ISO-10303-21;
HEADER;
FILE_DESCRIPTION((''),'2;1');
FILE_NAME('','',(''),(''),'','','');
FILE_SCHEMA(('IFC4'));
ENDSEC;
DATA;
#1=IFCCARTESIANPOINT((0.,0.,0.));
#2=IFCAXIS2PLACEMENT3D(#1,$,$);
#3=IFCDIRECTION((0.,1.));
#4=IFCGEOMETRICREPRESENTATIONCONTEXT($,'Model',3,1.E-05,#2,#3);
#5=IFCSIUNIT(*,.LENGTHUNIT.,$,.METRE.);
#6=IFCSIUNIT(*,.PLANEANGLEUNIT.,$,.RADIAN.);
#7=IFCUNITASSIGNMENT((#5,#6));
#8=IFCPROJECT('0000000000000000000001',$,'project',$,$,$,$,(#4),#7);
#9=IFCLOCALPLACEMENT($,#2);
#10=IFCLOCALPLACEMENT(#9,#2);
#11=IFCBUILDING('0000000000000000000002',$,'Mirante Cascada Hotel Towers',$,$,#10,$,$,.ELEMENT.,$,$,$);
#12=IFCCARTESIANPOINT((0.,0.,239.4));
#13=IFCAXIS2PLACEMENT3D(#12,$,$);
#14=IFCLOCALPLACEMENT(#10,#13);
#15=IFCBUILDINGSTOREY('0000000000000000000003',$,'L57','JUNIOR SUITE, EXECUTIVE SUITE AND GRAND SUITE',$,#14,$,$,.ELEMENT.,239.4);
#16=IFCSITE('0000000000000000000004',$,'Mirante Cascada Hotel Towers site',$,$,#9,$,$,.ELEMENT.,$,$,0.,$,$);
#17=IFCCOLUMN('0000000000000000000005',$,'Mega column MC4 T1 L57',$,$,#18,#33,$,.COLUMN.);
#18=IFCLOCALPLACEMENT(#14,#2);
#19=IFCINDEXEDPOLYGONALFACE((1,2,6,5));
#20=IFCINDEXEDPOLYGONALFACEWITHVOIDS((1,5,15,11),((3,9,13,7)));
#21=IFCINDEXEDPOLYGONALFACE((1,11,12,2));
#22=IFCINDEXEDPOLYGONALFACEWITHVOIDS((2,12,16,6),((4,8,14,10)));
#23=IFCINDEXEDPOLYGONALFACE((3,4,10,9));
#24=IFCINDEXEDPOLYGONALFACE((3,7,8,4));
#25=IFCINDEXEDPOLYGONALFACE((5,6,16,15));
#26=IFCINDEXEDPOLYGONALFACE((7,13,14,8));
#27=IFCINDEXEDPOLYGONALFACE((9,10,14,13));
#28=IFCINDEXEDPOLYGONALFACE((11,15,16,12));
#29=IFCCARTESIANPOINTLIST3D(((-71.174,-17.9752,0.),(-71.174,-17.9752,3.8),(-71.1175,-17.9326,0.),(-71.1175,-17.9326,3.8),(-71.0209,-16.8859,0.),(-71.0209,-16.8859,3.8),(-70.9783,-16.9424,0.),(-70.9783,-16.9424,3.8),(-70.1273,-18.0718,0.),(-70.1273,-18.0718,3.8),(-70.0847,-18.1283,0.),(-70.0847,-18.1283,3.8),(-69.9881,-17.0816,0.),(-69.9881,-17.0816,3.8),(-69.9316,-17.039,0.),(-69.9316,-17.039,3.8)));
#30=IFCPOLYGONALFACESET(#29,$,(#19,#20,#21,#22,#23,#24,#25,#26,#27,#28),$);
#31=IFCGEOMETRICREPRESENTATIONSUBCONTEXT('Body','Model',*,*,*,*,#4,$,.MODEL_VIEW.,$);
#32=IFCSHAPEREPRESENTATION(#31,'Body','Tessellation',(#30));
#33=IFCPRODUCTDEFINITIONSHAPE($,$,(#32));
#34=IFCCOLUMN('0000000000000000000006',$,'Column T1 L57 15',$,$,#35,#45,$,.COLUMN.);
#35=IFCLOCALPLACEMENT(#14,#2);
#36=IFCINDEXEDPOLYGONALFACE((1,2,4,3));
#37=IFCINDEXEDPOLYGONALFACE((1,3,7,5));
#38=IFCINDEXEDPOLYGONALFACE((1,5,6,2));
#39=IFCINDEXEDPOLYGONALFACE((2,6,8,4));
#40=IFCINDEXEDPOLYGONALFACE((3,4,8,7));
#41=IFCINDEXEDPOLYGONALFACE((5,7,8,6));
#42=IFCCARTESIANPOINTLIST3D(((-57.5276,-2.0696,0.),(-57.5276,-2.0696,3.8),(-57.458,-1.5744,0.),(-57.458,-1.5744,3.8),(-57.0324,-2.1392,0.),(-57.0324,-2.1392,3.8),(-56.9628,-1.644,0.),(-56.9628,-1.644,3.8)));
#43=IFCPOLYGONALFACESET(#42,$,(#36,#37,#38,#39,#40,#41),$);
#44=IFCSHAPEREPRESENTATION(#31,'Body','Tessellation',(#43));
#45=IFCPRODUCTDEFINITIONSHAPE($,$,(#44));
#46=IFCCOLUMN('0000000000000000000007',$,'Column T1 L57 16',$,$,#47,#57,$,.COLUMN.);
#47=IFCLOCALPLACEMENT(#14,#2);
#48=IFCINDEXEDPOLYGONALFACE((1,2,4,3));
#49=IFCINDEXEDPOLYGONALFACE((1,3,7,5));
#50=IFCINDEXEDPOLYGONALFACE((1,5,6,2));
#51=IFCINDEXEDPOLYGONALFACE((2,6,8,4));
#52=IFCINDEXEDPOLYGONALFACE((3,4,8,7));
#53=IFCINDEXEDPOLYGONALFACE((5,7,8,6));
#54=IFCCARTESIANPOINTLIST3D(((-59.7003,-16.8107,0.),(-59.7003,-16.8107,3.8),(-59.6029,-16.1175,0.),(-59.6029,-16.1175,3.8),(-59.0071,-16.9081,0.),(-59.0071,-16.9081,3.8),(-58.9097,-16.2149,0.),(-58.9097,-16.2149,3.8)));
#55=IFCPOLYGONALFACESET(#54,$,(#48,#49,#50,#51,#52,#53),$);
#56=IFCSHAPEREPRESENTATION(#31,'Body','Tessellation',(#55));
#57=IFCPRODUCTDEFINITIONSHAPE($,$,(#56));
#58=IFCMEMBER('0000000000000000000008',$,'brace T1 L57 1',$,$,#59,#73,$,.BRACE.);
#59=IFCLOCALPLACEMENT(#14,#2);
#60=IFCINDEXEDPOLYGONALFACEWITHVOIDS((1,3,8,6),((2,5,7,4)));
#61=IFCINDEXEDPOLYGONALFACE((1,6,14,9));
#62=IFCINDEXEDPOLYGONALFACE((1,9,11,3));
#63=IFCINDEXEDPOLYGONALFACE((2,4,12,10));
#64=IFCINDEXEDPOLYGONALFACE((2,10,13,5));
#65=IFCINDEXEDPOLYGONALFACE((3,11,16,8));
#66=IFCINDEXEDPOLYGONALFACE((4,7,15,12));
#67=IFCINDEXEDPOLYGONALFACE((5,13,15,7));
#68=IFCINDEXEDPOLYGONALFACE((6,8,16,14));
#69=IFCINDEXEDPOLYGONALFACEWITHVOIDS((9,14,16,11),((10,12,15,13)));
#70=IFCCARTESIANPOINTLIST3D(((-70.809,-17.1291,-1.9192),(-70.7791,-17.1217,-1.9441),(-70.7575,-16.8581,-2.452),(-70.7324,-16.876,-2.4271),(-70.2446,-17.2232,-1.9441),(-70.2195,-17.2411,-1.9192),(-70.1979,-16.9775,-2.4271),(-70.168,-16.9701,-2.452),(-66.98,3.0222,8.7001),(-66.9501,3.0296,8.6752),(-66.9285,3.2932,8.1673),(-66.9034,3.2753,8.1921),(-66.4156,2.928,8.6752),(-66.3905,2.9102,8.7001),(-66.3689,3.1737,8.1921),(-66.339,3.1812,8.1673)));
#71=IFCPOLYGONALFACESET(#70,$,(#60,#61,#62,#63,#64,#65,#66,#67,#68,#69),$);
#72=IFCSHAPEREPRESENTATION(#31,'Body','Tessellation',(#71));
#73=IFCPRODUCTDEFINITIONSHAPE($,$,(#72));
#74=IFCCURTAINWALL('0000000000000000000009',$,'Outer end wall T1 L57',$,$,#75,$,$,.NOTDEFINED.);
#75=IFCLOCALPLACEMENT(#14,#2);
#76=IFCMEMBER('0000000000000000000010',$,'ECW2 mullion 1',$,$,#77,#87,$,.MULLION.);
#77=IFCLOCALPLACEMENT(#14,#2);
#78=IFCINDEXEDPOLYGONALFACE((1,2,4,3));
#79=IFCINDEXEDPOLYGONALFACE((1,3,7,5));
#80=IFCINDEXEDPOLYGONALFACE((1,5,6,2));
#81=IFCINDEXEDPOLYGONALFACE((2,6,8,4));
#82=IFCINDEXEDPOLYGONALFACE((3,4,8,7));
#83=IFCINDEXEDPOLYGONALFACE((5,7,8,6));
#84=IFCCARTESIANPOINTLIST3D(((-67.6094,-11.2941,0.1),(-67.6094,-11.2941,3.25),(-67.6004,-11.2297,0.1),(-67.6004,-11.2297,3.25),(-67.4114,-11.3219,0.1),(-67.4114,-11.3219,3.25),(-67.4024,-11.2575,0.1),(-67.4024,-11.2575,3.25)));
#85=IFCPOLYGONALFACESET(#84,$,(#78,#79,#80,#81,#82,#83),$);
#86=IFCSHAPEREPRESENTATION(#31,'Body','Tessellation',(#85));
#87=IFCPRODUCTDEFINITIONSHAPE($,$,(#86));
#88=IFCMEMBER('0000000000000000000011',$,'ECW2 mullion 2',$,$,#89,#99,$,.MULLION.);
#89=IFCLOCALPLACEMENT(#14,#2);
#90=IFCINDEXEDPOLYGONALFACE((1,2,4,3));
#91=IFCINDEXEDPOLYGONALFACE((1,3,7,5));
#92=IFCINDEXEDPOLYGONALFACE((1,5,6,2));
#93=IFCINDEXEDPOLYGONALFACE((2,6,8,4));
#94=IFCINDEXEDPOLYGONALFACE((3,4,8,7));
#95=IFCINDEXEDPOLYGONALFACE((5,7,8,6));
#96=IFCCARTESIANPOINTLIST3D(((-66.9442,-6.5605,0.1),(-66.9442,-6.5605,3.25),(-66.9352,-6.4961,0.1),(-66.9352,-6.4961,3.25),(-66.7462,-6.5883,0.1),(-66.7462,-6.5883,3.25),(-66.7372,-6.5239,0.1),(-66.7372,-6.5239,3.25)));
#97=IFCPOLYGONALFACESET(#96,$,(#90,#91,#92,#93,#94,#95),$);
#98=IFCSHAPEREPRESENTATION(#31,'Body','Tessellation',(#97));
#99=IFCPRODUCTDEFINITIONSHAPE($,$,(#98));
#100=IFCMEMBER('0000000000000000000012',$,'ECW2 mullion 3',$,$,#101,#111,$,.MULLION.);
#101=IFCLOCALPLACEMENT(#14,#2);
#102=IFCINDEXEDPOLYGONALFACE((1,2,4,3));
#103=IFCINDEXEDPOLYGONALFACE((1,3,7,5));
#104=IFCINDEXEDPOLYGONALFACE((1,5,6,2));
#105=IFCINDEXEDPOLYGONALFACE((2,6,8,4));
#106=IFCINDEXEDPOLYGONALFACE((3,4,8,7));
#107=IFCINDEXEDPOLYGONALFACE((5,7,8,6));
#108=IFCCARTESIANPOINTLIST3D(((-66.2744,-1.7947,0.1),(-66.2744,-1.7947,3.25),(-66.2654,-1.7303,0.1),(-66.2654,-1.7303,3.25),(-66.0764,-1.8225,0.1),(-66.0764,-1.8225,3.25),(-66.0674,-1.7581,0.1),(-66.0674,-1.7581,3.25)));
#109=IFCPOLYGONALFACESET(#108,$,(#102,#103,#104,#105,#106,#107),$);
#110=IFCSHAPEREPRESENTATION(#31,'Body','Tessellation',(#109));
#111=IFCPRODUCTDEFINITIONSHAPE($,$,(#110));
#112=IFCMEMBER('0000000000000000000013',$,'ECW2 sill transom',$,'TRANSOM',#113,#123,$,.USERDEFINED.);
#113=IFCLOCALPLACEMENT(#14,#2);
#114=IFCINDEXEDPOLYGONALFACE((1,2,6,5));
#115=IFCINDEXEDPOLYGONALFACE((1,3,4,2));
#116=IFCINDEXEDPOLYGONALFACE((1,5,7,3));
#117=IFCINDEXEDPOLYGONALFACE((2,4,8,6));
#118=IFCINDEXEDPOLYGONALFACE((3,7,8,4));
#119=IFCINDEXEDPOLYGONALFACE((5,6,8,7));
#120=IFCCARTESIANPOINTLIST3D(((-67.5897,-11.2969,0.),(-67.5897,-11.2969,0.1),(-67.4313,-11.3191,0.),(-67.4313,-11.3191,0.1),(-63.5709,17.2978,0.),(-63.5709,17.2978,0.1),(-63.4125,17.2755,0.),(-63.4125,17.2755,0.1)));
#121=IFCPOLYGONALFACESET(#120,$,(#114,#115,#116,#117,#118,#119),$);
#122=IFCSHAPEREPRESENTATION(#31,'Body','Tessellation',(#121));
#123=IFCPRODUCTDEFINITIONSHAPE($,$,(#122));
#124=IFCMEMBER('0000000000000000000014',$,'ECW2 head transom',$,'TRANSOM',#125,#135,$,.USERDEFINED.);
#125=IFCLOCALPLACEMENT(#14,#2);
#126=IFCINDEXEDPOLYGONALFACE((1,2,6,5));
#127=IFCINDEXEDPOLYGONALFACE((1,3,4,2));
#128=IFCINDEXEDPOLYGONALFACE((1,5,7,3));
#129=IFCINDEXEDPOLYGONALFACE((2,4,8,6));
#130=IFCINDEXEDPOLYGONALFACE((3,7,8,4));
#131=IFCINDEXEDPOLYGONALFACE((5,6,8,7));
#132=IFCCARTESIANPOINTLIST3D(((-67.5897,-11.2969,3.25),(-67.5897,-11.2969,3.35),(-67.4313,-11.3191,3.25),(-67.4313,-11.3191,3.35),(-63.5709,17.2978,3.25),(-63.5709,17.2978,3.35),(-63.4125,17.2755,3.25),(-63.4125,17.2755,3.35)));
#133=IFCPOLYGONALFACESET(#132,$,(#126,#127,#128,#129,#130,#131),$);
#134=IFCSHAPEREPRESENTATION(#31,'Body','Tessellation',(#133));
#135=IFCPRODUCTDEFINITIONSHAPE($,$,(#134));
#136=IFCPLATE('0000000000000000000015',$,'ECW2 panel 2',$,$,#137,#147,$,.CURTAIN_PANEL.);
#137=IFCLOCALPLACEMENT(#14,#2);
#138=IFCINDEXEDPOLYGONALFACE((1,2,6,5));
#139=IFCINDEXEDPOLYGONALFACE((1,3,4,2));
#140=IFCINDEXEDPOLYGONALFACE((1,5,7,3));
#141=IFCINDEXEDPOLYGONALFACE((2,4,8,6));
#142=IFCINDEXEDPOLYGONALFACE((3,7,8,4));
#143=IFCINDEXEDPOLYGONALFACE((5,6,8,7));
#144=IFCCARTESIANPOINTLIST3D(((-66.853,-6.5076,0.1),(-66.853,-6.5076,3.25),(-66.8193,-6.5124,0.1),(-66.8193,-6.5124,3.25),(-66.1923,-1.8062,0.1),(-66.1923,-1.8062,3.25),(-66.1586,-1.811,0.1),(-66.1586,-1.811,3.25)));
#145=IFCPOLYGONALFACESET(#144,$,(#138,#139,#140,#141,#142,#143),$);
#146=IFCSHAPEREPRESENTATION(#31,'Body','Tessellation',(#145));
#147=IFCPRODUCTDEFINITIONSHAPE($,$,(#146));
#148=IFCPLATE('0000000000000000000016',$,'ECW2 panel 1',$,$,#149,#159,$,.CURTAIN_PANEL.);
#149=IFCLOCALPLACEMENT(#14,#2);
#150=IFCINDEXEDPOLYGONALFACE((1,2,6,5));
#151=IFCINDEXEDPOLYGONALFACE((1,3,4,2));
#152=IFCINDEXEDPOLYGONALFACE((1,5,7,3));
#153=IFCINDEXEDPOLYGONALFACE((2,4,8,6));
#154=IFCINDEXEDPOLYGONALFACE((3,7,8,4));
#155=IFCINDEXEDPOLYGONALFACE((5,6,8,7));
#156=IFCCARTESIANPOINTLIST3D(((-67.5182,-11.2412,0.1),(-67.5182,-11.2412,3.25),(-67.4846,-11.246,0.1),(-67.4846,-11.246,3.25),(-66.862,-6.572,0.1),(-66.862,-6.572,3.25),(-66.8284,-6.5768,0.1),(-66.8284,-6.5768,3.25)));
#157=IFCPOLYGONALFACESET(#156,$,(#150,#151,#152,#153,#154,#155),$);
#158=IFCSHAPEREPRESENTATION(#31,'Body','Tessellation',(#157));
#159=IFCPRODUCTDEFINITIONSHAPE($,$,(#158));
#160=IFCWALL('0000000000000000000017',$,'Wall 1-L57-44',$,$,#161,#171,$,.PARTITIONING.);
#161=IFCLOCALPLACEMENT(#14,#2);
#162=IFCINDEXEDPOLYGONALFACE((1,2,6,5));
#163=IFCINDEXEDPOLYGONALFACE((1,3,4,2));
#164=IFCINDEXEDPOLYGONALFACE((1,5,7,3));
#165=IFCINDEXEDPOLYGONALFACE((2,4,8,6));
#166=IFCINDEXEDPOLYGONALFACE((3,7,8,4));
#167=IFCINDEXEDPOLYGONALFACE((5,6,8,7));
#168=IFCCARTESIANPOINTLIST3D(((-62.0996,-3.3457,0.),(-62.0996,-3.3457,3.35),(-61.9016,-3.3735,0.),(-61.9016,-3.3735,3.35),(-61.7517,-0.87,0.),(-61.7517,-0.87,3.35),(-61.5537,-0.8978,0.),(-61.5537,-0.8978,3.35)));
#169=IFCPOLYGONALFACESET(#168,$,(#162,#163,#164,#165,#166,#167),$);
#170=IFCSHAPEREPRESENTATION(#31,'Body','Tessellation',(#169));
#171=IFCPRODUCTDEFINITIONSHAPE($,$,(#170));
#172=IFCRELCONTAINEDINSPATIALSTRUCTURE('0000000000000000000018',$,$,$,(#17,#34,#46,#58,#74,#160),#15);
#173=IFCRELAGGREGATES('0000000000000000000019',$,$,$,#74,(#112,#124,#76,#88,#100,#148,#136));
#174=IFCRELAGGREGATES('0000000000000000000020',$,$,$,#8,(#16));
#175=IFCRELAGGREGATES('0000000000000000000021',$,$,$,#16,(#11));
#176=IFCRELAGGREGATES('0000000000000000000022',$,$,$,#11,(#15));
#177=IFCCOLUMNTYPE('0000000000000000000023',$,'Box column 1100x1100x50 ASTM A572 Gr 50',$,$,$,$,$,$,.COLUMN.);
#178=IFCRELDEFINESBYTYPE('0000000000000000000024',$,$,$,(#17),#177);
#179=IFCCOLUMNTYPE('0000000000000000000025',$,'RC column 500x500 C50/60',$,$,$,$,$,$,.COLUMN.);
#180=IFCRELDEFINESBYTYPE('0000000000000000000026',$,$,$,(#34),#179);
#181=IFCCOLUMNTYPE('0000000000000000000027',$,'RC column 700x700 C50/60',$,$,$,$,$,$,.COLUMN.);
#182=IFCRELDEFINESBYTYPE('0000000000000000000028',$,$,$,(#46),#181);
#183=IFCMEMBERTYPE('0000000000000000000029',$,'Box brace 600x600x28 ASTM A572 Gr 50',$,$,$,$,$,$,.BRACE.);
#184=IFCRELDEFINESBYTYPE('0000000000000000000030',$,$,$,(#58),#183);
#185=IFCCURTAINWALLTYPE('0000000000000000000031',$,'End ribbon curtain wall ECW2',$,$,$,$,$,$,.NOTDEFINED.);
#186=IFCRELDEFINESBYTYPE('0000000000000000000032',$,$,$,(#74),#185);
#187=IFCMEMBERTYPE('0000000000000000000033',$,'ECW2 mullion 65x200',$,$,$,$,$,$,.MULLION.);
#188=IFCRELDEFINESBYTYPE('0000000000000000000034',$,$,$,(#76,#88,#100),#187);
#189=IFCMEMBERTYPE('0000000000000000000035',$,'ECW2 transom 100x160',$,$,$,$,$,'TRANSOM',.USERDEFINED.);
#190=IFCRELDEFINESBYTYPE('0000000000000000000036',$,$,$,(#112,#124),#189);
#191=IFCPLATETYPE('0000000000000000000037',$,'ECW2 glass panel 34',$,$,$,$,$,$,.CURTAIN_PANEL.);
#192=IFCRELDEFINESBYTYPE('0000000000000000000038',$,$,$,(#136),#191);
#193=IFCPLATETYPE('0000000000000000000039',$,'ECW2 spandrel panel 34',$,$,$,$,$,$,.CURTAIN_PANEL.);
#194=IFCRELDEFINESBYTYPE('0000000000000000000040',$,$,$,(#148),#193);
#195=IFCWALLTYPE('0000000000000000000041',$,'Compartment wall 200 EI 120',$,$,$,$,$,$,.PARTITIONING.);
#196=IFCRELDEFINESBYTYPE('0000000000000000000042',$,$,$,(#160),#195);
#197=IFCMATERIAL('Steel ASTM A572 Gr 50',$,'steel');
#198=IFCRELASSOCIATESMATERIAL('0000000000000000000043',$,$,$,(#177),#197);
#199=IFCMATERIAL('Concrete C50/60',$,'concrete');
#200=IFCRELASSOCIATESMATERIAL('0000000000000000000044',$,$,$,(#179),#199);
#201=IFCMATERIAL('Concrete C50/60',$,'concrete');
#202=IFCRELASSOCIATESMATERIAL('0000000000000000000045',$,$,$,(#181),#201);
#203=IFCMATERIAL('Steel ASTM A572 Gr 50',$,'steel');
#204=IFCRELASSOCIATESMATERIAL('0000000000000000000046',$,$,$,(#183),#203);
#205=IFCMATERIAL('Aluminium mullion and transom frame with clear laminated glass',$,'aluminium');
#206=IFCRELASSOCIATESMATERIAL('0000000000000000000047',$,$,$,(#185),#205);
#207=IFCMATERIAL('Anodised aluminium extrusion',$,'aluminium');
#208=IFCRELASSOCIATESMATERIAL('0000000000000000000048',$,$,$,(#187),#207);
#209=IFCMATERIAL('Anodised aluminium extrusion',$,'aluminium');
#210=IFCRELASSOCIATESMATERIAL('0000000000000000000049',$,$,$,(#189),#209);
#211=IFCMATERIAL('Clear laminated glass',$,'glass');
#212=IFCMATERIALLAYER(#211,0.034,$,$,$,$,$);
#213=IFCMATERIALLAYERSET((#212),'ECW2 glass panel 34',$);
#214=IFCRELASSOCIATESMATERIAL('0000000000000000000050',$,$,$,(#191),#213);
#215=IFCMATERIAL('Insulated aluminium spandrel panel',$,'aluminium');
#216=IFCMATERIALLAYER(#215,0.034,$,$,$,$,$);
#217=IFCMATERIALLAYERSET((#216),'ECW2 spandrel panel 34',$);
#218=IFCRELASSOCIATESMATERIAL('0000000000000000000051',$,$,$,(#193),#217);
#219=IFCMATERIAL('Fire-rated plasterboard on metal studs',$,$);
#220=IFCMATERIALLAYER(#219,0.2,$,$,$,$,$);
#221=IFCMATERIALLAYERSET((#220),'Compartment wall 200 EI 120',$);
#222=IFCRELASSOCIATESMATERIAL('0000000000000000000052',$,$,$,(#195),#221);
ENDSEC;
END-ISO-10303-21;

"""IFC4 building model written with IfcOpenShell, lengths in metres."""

from ifc_helpers import new_model, si_unit, direction, frame, frame_2d, origin, origin_2d, place, context, subcontext, project, spatial, rectangle, hollow_rectangle, extrude, material, layer, layer_set, material_profile, profile_set, type_object, element, aggregate, save


model = new_model("IFC4")

# Units and contexts
model_context = context("Model", 3, precision=1e-05, world=origin(), true_north=direction((0.0, 1.0)))
body_context = subcontext(model_context, "Body", "Model", "MODEL_VIEW")
ifc_project = project(units=[si_unit("LENGTHUNIT", "METRE"), si_unit("PLANEANGLEUNIT", "RADIAN")], contexts=[model_context])

# Site, building, storey
site_placement = place(None, origin())
site = spatial("IfcSite", under=ifc_project, at=site_placement, Name="Mirante Cascada Hotel Towers site", CompositionType="ELEMENT", RefElevation=0.0)
building_placement = place(site_placement, origin())
building = spatial("IfcBuilding", under=site, at=building_placement, Name="Mirante Cascada Hotel Towers", CompositionType="ELEMENT")
storey_placement = place(building_placement, frame((0.0, 0.0, 239.4)))
storey = spatial("IfcBuildingStorey", under=building, at=storey_placement, Name="L57", Description="JUNIOR SUITE, EXECUTIVE SUITE AND GRAND SUITE", CompositionType="ELEMENT", Elevation=239.4)

# Columns
ifc_material_1 = material(Name="Steel ASTM A572 Gr 50", Category="steel")
ifc_material_profile_1 = material_profile(ifc_material_1, hollow_rectangle(XDim=1.1, YDim=1.1, WallThickness=0.05, at=origin_2d()), Name="Box column 1100x1100x50 ASTM A572 Gr 50")
ifc_profile_set_1 = profile_set([ifc_material_profile_1], Name="Steel ASTM A572 Gr 50")
column_type_1 = type_object("IfcColumnType", Name="Box column 1100x1100x50 ASTM A572 Gr 50", PredefinedType="COLUMN", material=ifc_profile_set_1)
column_1_placement = place(storey_placement, frame((-70.5528, -17.5071, 0.0), z_axis=(0.0, 0.0, 1.0), x_axis=(-0.990268, 0.139173, 0.0)))
element("IfcColumn", 1, at=column_1_placement, inside=storey, type_object=column_type_1, Name="Mega column MC4 T1 L57", PredefinedType="COLUMN", context=body_context, shape_type="SweptSolid", body=[
    extrude(hollow_rectangle(XDim=1.1, YDim=1.1, WallThickness=0.05, at=origin_2d()), origin(), (0.0, 0.0, 1.0), 3.8),
])
ifc_material_2 = material(Name="Concrete C50/60", Category="concrete")
ifc_material_profile_2 = material_profile(ifc_material_2, rectangle(XDim=0.5, YDim=0.5, at=origin_2d()), Name="RC column 500x500 C50/60")
ifc_profile_set_2 = profile_set([ifc_material_profile_2], Name="Concrete C50/60")
column_type_2 = type_object("IfcColumnType", Name="RC column 500x500 C50/60", PredefinedType="COLUMN", material=ifc_profile_set_2)
column_2_placement = place(storey_placement, frame((-57.2452, -1.8568, 0.0), z_axis=(0.0, 0.0, 1.0), x_axis=(-0.990268, 0.139173, 0.0)))
element("IfcColumn", 2, at=column_2_placement, inside=storey, type_object=column_type_2, Name="Column T1 L57 15", PredefinedType="COLUMN", context=body_context, shape_type="SweptSolid", body=[
    extrude(rectangle(XDim=0.5, YDim=0.5, at=origin_2d()), origin(), (0.0, 0.0, 1.0), 3.8),
])
ifc_material_3 = material(Name="Concrete C50/60", Category="concrete")
ifc_material_profile_3 = material_profile(ifc_material_3, rectangle(XDim=0.7, YDim=0.7, at=origin_2d()), Name="RC column 700x700 C50/60")
ifc_profile_set_3 = profile_set([ifc_material_profile_3], Name="Concrete C50/60")
column_type_3 = type_object("IfcColumnType", Name="RC column 700x700 C50/60", PredefinedType="COLUMN", material=ifc_profile_set_3)
column_3_placement = place(storey_placement, frame((-59.305, -16.5128, 0.0), z_axis=(0.0, 0.0, 1.0), x_axis=(-0.990268, 0.139173, 0.0)))
element("IfcColumn", 3, at=column_3_placement, inside=storey, type_object=column_type_3, Name="Column T1 L57 16", PredefinedType="COLUMN", context=body_context, shape_type="SweptSolid", body=[
    extrude(rectangle(XDim=0.7, YDim=0.7, at=origin_2d()), origin(), (0.0, 0.0, 1.0), 3.8),
])

# Member
ifc_material_4 = material(Name="Steel ASTM A572 Gr 50", Category="steel")
ifc_material_profile_4 = material_profile(ifc_material_4, hollow_rectangle(XDim=0.6, YDim=0.6, WallThickness=0.028, at=origin_2d()), Name="Box brace 600x600x28 ASTM A572 Gr 50")
ifc_profile_set_4 = profile_set([ifc_material_profile_4], Name="Steel ASTM A572 Gr 50")
member_type_1 = type_object("IfcMemberType", Name="Box brace 600x600x28 ASTM A572 Gr 50", PredefinedType="BRACE", material=ifc_profile_set_4)
member_1_placement = place(storey_placement, frame((-70.4885, -17.0496, -2.1856), z_axis=(0.165774, 0.872436, 0.459755), x_axis=(-0.982422, 0.186673, 0.0)))
element("IfcMember", 4, at=member_1_placement, inside=storey, type_object=member_type_1, Name="brace T1 L57 1", PredefinedType="BRACE", context=body_context, shape_type="SweptSolid", body=[
    extrude(hollow_rectangle(XDim=0.6, YDim=0.6, WallThickness=0.028, at=origin_2d()), origin(), (0.0, 0.0, 1.0), 23.0977),
])

# Curtain wall, members, plates
ifc_material_5 = material(Name="Aluminium mullion and transom frame with clear laminated glass", Category="aluminium")
curtain_wall_type = type_object("IfcCurtainWallType", Name="End ribbon curtain wall ECW2", PredefinedType="NOTDEFINED", material=ifc_material_5)
curtain_wall_placement = place(storey_placement, origin())
curtain_wall = element("IfcCurtainWall", 5, at=curtain_wall_placement, inside=storey, type_object=curtain_wall_type, Name="Outer end wall T1 L57", PredefinedType="NOTDEFINED")
ifc_material_6 = material(Name="Anodised aluminium extrusion", Category="aluminium")
ifc_material_profile_5 = material_profile(ifc_material_6, rectangle(XDim=0.2, YDim=0.065, at=origin_2d()), Name="ECW2 MULLION 65x200")
ifc_profile_set_5 = profile_set([ifc_material_profile_5], Name="Anodised aluminium extrusion")
member_type_2 = type_object("IfcMemberType", Name="ECW2 mullion 65x200", PredefinedType="MULLION", material=ifc_profile_set_5)
member_2_placement = place(storey_placement, frame((-67.5059, -11.2758, 0.1), z_axis=(0.0, 0.0, 1.0), x_axis=(-0.990268, 0.139173, 0.0)))
member_2 = element("IfcMember", 6, at=member_2_placement, type_object=member_type_2, Name="ECW2 mullion 1", PredefinedType="MULLION", context=body_context, shape_type="SweptSolid", body=[
    extrude(rectangle(XDim=0.2, YDim=0.065, at=origin_2d()), origin(), (0.0, 0.0, 1.0), 3.15),
])
member_3_placement = place(storey_placement, frame((-66.8407, -6.5422, 0.1), z_axis=(0.0, 0.0, 1.0), x_axis=(-0.990268, 0.139173, 0.0)))
member_3 = element("IfcMember", 7, at=member_3_placement, type_object=member_type_2, Name="ECW2 mullion 2", PredefinedType="MULLION", context=body_context, shape_type="SweptSolid", body=[
    extrude(rectangle(XDim=0.2, YDim=0.065, at=origin_2d()), origin(), (0.0, 0.0, 1.0), 3.15),
])
member_4_placement = place(storey_placement, frame((-66.1709, -1.7764, 0.1), z_axis=(0.0, 0.0, 1.0), x_axis=(-0.990268, 0.139173, 0.0)))
member_4 = element("IfcMember", 8, at=member_4_placement, type_object=member_type_2, Name="ECW2 mullion 3", PredefinedType="MULLION", context=body_context, shape_type="SweptSolid", body=[
    extrude(rectangle(XDim=0.2, YDim=0.065, at=origin_2d()), origin(), (0.0, 0.0, 1.0), 3.15),
])
ifc_material_7 = material(Name="Anodised aluminium extrusion", Category="aluminium")
ifc_material_profile_6 = material_profile(ifc_material_7, rectangle(XDim=0.16, YDim=0.1, at=origin_2d()), Name="ECW2 TRANSOM 100x160")
ifc_profile_set_6 = profile_set([ifc_material_profile_6], Name="Anodised aluminium extrusion")
member_type_3 = type_object("IfcMemberType", Name="ECW2 transom 100x160", ElementType="TRANSOM", PredefinedType="USERDEFINED", material=ifc_profile_set_6)
member_5_placement = place(storey_placement, frame((-67.5105, -11.308, 0.05), z_axis=(0.139176, 0.990268, 0.0), x_axis=(-0.990268, 0.139176, 0.0)))
member_5 = element("IfcMember", 9, at=member_5_placement, type_object=member_type_3, Name="ECW2 sill transom", ObjectType="TRANSOM", PredefinedType="USERDEFINED", context=body_context, shape_type="SweptSolid", body=[
    extrude(rectangle(XDim=0.16, YDim=0.1, at=origin_2d()), origin(), (0.0, 0.0, 1.0), 28.8757),
])
member_6_placement = place(storey_placement, frame((-67.5105, -11.308, 3.3), z_axis=(0.139176, 0.990268, 0.0), x_axis=(-0.990268, 0.139176, 0.0)))
member_6 = element("IfcMember", 10, at=member_6_placement, type_object=member_type_3, Name="ECW2 head transom", ObjectType="TRANSOM", PredefinedType="USERDEFINED", context=body_context, shape_type="SweptSolid", body=[
    extrude(rectangle(XDim=0.16, YDim=0.1, at=origin_2d()), origin(), (0.0, 0.0, 1.0), 28.8757),
])
ifc_material_8 = material(Name="Clear laminated glass", Category="glass")
ifc_layer_1 = layer(ifc_material_8, 0.034)
ifc_layer_set_1 = layer_set([ifc_layer_1], Name="ECW2 glass panel 34")
plate_type_1 = type_object("IfcPlateType", Name="ECW2 glass panel 34", PredefinedType="CURTAIN_PANEL", material=ifc_layer_set_1)
plate_1_placement = place(storey_placement, frame((-66.5058, -4.1593, 0.1), z_axis=(0.0, 0.0, 1.0), x_axis=(0.139173, 0.990268, 0.0)))
plate_1 = element("IfcPlate", 11, at=plate_1_placement, type_object=plate_type_1, Name="ECW2 panel 2", PredefinedType="CURTAIN_PANEL", context=body_context, shape_type="SweptSolid", body=[
    extrude(rectangle(XDim=4.7476, YDim=0.034, at=origin_2d()), origin(), (0.0, 0.0, 1.0), 3.15),
])
ifc_material_9 = material(Name="Insulated aluminium spandrel panel", Category="aluminium")
ifc_layer_2 = layer(ifc_material_9, 0.034)
ifc_layer_set_2 = layer_set([ifc_layer_2], Name="ECW2 spandrel panel 34")
plate_type_2 = type_object("IfcPlateType", Name="ECW2 spandrel panel 34", PredefinedType="CURTAIN_PANEL", material=ifc_layer_set_2)
plate_2_placement = place(storey_placement, frame((-67.1733, -8.909, 0.1), z_axis=(0.0, 0.0, 1.0), x_axis=(0.139173, 0.990268, 0.0)))
plate_2 = element("IfcPlate", 12, at=plate_2_placement, type_object=plate_type_2, Name="ECW2 panel 1", PredefinedType="CURTAIN_PANEL", context=body_context, shape_type="SweptSolid", body=[
    extrude(rectangle(XDim=4.7151, YDim=0.034, at=origin_2d()), origin(), (0.0, 0.0, 1.0), 3.15),
])
aggregate(curtain_wall, [member_5, member_6, member_2, member_3, member_4, plate_2, plate_1])

# Wall
ifc_material_10 = material(Name="Fire-rated plasterboard on metal studs")
ifc_layer_3 = layer(ifc_material_10, 0.2)
ifc_layer_set_3 = layer_set([ifc_layer_3], Name="Compartment wall 200 EI 120")
wall_type_1 = type_object("IfcWallType", Name="Compartment wall 200 EI 120", PredefinedType="PARTITIONING", material=ifc_layer_set_3)
wall_1_placement = place(storey_placement, frame((-62.0006, -3.3596, 0.0), z_axis=(0.0, 0.0, 1.0), x_axis=(0.139159, 0.99027, 0.0)))
element("IfcWall", 13, at=wall_1_placement, inside=storey, type_object=wall_type_1, Name="Wall 1-L57-44", PredefinedType="PARTITIONING", context=body_context, shape_type="SweptSolid", body=[
    extrude(rectangle(XDim=2.5, YDim=0.2, at=frame_2d((1.25, 0.0))), origin(), (0.0, 0.0, 1.0), 3.35),
])

save(model, "model.ifc")
